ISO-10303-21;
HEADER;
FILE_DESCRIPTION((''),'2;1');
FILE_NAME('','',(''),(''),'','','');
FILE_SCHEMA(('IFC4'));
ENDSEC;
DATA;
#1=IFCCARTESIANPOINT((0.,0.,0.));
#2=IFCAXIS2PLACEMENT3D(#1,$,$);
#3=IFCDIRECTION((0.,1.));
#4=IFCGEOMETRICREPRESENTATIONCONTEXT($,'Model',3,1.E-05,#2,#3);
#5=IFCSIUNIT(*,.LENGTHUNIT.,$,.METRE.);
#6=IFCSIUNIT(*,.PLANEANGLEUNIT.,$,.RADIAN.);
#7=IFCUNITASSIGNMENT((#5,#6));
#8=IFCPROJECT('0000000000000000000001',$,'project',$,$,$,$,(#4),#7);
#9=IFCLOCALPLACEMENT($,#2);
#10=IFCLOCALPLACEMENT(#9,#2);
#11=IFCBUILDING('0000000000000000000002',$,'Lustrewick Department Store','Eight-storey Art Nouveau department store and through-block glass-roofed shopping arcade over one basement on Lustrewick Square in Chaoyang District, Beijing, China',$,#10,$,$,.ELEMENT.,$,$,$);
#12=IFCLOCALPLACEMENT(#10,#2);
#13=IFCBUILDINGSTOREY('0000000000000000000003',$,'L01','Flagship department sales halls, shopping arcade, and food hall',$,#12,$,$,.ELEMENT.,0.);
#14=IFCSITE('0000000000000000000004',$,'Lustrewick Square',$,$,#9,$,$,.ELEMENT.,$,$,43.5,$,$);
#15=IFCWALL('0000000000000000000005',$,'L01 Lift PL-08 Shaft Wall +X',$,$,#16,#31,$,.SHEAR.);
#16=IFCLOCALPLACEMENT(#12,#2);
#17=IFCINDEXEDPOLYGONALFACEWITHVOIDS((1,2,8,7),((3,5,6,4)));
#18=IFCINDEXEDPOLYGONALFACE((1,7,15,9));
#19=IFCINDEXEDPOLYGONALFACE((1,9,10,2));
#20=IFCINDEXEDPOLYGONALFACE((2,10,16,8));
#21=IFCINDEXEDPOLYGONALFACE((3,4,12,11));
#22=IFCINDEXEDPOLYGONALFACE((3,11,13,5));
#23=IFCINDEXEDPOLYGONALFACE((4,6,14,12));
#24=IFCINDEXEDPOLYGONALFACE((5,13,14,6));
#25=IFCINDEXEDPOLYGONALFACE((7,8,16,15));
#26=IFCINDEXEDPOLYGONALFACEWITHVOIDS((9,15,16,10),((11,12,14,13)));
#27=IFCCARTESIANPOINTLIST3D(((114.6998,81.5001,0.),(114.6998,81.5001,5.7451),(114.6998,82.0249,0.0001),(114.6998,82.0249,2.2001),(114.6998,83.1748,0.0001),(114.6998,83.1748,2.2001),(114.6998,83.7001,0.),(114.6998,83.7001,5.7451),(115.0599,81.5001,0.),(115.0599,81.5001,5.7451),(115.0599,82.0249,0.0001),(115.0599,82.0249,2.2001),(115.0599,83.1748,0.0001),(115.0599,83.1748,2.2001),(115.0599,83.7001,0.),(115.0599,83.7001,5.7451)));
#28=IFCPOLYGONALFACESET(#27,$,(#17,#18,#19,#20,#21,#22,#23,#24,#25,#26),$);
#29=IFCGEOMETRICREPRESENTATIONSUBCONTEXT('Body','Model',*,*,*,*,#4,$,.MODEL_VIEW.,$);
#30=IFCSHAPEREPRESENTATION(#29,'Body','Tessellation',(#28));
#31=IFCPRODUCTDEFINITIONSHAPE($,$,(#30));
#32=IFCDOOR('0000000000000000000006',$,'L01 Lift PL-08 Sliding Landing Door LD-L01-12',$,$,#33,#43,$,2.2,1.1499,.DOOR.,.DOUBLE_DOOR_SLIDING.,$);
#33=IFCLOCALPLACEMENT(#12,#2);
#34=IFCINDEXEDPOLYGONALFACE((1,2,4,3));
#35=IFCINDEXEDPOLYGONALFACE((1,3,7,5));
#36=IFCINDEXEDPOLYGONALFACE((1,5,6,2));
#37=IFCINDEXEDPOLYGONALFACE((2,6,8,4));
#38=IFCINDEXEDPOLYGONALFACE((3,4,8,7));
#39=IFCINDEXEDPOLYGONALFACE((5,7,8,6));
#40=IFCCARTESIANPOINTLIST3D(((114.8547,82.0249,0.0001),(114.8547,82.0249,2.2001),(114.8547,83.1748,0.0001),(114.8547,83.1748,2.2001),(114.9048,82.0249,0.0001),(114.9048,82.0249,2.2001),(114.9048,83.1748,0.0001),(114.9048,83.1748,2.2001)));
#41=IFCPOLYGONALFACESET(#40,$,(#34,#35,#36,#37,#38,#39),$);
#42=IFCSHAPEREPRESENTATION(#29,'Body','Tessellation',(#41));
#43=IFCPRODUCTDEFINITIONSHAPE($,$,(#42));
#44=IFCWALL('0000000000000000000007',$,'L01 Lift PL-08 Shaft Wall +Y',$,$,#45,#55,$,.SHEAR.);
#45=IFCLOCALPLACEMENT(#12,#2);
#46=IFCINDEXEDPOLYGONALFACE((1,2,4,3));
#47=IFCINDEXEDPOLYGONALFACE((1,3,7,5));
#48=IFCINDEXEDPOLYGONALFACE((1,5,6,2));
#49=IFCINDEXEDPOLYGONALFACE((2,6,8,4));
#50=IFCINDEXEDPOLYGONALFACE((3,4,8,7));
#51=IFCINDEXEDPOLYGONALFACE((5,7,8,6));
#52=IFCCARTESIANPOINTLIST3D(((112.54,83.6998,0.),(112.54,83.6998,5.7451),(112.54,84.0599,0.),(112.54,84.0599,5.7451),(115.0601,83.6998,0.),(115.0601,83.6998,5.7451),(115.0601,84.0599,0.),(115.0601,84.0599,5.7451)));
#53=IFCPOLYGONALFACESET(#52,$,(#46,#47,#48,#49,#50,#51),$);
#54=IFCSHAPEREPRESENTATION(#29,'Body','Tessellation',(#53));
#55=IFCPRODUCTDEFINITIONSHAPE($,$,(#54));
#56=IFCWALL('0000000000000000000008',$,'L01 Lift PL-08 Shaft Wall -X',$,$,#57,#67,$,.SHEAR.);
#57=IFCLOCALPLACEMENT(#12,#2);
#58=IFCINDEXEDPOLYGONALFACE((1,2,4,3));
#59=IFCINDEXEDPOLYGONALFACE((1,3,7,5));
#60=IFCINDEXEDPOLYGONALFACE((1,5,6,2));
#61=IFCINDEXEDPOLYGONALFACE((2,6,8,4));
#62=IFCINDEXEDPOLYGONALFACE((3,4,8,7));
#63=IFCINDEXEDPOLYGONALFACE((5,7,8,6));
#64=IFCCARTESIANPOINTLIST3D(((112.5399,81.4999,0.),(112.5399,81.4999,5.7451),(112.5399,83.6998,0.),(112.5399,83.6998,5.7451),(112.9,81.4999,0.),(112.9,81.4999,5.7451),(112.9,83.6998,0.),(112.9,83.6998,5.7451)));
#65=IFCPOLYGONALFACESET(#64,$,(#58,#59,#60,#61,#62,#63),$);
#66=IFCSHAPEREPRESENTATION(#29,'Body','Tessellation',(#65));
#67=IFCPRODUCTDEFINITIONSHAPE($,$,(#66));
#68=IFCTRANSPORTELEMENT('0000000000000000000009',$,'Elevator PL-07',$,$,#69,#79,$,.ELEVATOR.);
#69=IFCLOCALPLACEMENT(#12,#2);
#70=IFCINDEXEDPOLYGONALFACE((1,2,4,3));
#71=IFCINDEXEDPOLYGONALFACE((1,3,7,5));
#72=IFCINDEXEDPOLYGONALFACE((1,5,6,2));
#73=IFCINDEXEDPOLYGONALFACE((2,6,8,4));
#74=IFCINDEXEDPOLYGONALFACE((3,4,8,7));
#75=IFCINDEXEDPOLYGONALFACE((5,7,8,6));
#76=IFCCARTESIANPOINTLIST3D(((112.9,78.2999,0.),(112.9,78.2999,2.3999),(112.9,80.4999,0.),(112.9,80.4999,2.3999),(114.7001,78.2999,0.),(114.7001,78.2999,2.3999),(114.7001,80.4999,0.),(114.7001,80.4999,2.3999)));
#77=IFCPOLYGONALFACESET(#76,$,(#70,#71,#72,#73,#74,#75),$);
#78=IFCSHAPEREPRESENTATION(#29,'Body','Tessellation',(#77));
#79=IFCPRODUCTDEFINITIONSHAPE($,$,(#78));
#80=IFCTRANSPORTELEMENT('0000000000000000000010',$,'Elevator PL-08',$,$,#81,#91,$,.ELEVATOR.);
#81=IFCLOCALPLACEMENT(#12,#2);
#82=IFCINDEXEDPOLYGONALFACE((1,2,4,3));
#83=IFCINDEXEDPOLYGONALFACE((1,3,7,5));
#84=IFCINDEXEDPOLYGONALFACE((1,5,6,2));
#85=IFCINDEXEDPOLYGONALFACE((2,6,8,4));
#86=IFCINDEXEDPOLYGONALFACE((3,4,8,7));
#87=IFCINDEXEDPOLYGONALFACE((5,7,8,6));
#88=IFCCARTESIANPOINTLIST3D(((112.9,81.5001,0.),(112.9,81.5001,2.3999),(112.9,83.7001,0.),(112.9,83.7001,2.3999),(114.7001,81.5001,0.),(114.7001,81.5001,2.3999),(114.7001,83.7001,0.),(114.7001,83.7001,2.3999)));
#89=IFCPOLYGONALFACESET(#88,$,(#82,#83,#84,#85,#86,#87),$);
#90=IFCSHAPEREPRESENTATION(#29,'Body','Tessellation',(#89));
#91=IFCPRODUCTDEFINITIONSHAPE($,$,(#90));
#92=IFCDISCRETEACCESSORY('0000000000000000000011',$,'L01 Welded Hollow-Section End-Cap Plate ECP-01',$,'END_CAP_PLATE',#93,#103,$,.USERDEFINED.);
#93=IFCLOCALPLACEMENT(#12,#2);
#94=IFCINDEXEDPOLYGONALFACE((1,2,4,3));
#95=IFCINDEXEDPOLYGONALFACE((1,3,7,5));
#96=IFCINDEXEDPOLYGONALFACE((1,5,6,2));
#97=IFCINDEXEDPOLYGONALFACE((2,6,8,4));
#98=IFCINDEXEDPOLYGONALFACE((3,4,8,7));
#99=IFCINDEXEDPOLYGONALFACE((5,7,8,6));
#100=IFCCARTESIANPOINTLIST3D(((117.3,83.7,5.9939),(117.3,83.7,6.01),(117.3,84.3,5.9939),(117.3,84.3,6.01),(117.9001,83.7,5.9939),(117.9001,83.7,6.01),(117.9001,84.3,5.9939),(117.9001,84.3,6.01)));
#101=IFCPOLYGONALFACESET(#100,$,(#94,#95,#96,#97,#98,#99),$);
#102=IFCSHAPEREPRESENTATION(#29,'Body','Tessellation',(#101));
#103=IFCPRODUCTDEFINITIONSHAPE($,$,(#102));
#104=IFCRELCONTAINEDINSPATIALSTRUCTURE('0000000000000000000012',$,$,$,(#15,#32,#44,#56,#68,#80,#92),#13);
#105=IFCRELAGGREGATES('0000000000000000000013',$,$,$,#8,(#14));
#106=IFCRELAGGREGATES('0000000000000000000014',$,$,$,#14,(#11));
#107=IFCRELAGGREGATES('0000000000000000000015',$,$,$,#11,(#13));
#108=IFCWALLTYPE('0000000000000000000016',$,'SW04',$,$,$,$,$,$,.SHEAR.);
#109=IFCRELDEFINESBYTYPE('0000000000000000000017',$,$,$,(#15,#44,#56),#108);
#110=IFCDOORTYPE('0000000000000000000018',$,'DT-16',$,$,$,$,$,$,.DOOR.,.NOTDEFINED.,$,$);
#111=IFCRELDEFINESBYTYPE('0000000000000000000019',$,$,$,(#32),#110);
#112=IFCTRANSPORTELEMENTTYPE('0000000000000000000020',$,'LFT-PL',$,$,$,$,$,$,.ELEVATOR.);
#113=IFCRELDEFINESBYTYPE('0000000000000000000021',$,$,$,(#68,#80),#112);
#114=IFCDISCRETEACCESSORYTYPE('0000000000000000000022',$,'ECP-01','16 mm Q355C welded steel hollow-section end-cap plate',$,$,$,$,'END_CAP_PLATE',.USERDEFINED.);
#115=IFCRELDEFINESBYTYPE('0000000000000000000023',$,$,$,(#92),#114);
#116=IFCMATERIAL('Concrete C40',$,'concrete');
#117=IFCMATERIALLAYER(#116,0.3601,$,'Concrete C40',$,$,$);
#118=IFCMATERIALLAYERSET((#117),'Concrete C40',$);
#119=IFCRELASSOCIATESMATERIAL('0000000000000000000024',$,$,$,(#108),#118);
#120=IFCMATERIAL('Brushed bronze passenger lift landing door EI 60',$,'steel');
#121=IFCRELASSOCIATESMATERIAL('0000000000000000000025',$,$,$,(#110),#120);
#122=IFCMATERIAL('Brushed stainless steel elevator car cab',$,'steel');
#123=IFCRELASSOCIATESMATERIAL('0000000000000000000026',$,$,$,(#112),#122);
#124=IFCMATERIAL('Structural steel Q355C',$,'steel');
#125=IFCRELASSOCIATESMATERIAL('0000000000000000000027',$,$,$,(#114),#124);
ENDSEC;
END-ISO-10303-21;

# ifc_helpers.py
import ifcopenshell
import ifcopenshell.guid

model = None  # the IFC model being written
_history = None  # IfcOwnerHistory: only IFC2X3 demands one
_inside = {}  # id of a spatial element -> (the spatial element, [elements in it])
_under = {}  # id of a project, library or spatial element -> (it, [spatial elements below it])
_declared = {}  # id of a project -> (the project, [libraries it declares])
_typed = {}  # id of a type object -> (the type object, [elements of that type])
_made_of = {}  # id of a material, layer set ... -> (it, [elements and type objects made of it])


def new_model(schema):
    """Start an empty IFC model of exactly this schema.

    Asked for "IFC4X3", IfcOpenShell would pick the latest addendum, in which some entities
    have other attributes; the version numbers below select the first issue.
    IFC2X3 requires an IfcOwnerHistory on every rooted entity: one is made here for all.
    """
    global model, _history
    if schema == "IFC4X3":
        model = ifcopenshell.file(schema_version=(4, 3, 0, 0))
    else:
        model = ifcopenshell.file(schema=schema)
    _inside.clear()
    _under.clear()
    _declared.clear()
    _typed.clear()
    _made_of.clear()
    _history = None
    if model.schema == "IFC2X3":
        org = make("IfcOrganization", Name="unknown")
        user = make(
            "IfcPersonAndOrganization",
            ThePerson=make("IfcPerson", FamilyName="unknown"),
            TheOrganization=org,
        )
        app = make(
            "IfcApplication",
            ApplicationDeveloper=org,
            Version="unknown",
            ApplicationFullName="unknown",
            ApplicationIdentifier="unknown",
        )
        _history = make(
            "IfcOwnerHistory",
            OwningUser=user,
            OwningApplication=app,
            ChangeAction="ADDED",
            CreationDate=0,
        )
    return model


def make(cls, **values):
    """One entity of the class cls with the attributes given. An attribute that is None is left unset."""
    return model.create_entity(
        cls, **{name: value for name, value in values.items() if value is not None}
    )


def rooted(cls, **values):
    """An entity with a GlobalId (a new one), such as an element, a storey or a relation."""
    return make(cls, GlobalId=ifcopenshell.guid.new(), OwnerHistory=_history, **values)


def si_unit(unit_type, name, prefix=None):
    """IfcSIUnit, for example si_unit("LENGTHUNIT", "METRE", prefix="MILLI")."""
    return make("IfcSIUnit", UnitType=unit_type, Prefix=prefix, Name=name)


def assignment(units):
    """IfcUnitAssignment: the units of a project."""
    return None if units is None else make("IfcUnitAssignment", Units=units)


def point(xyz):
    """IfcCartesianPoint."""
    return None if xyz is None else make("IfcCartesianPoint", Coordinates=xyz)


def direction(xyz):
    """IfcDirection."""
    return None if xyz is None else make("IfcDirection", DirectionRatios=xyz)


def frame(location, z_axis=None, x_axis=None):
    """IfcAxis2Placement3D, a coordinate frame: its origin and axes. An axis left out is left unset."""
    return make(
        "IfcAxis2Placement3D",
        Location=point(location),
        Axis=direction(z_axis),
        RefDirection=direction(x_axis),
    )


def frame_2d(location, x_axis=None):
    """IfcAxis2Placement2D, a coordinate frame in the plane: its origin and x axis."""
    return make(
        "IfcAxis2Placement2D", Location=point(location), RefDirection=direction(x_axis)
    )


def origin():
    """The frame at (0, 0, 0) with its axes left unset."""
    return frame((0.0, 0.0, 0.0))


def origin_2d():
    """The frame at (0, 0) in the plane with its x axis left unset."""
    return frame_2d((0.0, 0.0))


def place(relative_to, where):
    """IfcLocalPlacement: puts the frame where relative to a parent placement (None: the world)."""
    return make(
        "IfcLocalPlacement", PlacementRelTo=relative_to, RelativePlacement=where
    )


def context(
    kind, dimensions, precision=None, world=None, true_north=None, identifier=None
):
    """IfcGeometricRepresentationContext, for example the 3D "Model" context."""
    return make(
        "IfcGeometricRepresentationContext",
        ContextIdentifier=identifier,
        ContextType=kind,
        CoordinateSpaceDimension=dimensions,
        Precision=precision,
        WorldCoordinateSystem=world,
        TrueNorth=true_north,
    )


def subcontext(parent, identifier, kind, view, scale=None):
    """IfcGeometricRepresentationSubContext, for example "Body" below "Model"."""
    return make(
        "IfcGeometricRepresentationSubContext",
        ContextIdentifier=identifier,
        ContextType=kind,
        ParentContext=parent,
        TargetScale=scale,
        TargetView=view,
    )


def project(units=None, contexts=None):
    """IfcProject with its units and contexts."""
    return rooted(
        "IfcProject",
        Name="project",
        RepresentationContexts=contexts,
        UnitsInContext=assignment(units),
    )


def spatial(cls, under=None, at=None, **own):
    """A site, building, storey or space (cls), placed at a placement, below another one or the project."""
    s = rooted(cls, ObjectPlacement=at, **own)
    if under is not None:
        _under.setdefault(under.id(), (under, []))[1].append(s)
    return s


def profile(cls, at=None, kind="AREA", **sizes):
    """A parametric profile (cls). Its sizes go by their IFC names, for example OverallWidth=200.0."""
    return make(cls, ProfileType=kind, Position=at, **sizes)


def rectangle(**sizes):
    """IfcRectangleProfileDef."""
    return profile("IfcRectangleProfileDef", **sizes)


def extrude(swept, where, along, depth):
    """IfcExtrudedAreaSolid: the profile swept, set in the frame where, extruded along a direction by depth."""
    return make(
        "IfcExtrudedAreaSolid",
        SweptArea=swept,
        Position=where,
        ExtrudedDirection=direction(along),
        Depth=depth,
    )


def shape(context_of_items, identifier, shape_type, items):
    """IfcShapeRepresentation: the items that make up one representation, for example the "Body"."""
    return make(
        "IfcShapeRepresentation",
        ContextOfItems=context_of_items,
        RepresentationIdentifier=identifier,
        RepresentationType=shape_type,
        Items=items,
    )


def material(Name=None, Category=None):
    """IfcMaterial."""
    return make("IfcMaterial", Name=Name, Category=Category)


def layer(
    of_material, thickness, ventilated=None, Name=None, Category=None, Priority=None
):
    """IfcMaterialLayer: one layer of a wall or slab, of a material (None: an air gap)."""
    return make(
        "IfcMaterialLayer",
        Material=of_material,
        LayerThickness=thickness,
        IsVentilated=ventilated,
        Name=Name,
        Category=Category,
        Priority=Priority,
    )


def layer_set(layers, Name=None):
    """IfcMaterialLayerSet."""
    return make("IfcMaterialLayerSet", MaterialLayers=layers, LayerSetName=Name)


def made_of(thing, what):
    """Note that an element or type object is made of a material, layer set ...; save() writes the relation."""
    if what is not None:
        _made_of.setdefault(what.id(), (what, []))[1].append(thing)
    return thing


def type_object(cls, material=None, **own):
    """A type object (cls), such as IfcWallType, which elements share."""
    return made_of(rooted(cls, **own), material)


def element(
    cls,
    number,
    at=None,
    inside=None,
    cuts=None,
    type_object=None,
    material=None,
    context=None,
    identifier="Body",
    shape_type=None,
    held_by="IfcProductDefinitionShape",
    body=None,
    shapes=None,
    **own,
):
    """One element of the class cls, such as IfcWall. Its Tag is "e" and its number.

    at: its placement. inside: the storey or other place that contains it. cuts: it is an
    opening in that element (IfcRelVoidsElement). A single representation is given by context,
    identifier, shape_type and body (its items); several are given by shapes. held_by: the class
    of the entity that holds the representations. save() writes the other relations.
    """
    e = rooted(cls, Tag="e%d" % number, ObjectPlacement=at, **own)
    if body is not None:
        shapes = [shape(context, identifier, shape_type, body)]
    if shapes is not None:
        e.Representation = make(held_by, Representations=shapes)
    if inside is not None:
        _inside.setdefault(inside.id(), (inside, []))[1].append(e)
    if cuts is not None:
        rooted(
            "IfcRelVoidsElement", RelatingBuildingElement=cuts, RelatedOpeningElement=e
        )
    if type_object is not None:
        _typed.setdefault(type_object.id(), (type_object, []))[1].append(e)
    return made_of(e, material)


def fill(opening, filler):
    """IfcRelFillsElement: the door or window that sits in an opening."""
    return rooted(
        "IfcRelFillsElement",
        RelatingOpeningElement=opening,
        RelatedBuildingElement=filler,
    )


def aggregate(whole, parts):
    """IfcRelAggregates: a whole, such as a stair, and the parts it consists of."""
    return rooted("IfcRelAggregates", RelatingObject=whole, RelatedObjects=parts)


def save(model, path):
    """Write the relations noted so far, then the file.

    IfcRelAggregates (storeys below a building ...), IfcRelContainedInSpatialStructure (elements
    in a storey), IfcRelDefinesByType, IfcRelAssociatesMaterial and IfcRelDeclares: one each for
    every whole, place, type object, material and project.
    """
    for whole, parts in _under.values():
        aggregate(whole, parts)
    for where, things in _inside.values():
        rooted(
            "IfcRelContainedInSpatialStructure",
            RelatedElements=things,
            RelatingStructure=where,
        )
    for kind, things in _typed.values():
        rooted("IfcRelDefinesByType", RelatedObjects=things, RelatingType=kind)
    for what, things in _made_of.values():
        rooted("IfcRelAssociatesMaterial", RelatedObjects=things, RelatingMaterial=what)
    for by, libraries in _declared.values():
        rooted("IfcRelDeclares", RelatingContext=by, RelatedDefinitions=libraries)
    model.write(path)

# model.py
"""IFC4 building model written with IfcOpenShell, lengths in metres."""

from ifc_helpers import new_model, si_unit, direction, frame, frame_2d, origin, origin_2d, place, context, subcontext, project, spatial, rectangle, extrude, material, layer, layer_set, type_object, element, fill, save


model = new_model("IFC4")

# Units and contexts
model_context = context("Model", 3, precision=1e-05, world=origin(), true_north=direction((0.0, 1.0)))
body_context = subcontext(model_context, "Body", "Model", "MODEL_VIEW")
ifc_project = project(units=[si_unit("LENGTHUNIT", "METRE"), si_unit("PLANEANGLEUNIT", "RADIAN")], contexts=[model_context])

# Site, building, storey
site_placement = place(None, origin())
site = spatial("IfcSite", under=ifc_project, at=site_placement, Name="Lustrewick Square", CompositionType="ELEMENT", RefElevation=43.5)
building_placement = place(site_placement, origin())
building = spatial("IfcBuilding", under=site, at=building_placement, Name="Lustrewick Department Store", Description="Eight-storey Art Nouveau department store and through-block glass-roofed shopping arcade over one basement on Lustrewick Square in Chaoyang District, Beijing, China", CompositionType="ELEMENT")
storey_placement = place(building_placement, origin())
storey = spatial("IfcBuildingStorey", under=building, at=storey_placement, Name="L01", Description="Flagship department sales halls, shopping arcade, and food hall", CompositionType="ELEMENT", Elevation=0.0)

# Shared definitions
ifc_material_1 = material(Name="Structural steel Q355C", Category="steel")

# Shared definitions
ifc_material_2 = material(Name="Concrete C40", Category="concrete")
ifc_layer_1 = layer(ifc_material_2, 0.3601, Name="Concrete C40")
ifc_layer_set_1 = layer_set([ifc_layer_1], Name="Concrete C40")
wall_type_1 = type_object("IfcWallType", Name="SW04", PredefinedType="SHEAR", material=ifc_layer_set_1)

# Shared definitions
ifc_material_3 = material(Name="Brushed bronze passenger lift landing door EI 60", Category="steel")
door_type_1 = type_object("IfcDoorType", Name="DT-16", OperationType="NOTDEFINED", PredefinedType="DOOR", material=ifc_material_3)

# Wall, opening, door
wall_1_placement = place(storey_placement, frame((114.8799, 81.5, 0.0), z_axis=(0.0, 0.0, 1.0), x_axis=(0.0, 1.0, 0.0)))
wall_1 = element("IfcWall", 1, at=wall_1_placement, inside=storey, type_object=wall_type_1, Name="L01 Lift PL-08 Shaft Wall +X", PredefinedType="SHEAR", context=body_context, shape_type="SweptSolid", body=[
    extrude(rectangle(XDim=2.2, YDim=0.3601, at=frame_2d((1.1001, 0.0))), origin(), (0.0, 0.0, 1.0), 5.7451),
])
opening_1_placement = place(wall_1_placement, frame((0.5249, 0.0, 0.0)))
opening_1 = element("IfcOpeningElement", 2, at=opening_1_placement, cuts=wall_1, PredefinedType="OPENING", context=body_context, shape_type="SweptSolid", body=[
    extrude(rectangle(XDim=1.1499, YDim=2.2, at=frame_2d((0.575, 1.1001))), frame((0.0, 0.1899, 0.0), z_axis=(0.0, -1.0, 0.0), x_axis=(1.0, 0.0, 0.0)), (0.0, 0.0, 1.0), 0.3801),
])
door_1_placement = place(opening_1_placement, frame((1.1499, 0.0, 0.0), z_axis=(0.0, 0.0, 1.0), x_axis=(-1.0, 0.0, 0.0)))
door_1 = element("IfcDoor", 3, at=door_1_placement, inside=storey, type_object=door_type_1, Name="L01 Lift PL-08 Sliding Landing Door LD-L01-12", OperationType="DOUBLE_DOOR_SLIDING", OverallHeight=2.2, OverallWidth=1.1499, PredefinedType="DOOR", context=body_context, shape_type="SweptSolid", body=[
    extrude(rectangle(XDim=1.1499, YDim=2.2, at=frame_2d((0.575, 1.1001))), frame((0.0, 0.0249, 0.0), z_axis=(0.0, -1.0, 0.0), x_axis=(1.0, 0.0, 0.0)), (0.0, 0.0, 1.0), 0.05),
])
fill(opening_1, door_1)

# Walls
wall_2_placement = place(storey_placement, frame((115.0601, 83.8799, 0.0), z_axis=(0.0, 0.0, 1.0), x_axis=(-1.0, 0.0, 0.0)))
element("IfcWall", 4, at=wall_2_placement, inside=storey, type_object=wall_type_1, Name="L01 Lift PL-08 Shaft Wall +Y", PredefinedType="SHEAR", context=body_context, shape_type="SweptSolid", body=[
    extrude(rectangle(XDim=2.52, YDim=0.3601, at=frame_2d((1.26, 0.0))), origin(), (0.0, 0.0, 1.0), 5.7451),
])
wall_3_placement = place(storey_placement, frame((112.72, 83.7, 0.0), z_axis=(0.0, 0.0, 1.0), x_axis=(0.0, -1.0, 0.0)))
element("IfcWall", 5, at=wall_3_placement, inside=storey, type_object=wall_type_1, Name="L01 Lift PL-08 Shaft Wall -X", PredefinedType="SHEAR", context=body_context, shape_type="SweptSolid", body=[
    extrude(rectangle(XDim=2.2, YDim=0.3601, at=frame_2d((1.1001, 0.0))), origin(), (0.0, 0.0, 1.0), 5.7451),
])

# Transport elements
ifc_material_4 = material(Name="Brushed stainless steel elevator car cab", Category="steel")
transport_element_type = type_object("IfcTransportElementType", Name="LFT-PL", PredefinedType="ELEVATOR", material=ifc_material_4)
for number, where, z_axis, x_axis, name in (
    (6, (113.8, 79.3999, 0.0), (0.0, 0.0, 1.0), (1.0, 0.0, 0.0), "Elevator PL-07"),
    (7, (113.8, 82.6001, 0.0), (0.0, 0.0, 1.0), (1.0, 0.0, 0.0), "Elevator PL-08"),
):
    element("IfcTransportElement", number, at=place(storey_placement, frame(where, z_axis=z_axis, x_axis=x_axis)), inside=storey, type_object=transport_element_type, Name=name, PredefinedType="ELEVATOR", context=body_context, shape_type="SweptSolid", body=[
        extrude(rectangle(XDim=1.8, YDim=2.2, at=origin_2d()), origin(), (0.0, 0.0, 1.0), 2.3999),
    ])

# Discrete accessory
discrete_accessory_type = type_object("IfcDiscreteAccessoryType", Name="ECP-01", Description="16 mm Q355C welded steel hollow-section end-cap plate", ElementType="END_CAP_PLATE", PredefinedType="USERDEFINED", material=ifc_material_1)
discrete_accessory_placement = place(storey_placement, frame((117.6001, 84.0, 5.9939), z_axis=(0.0, 0.0, 1.0), x_axis=(1.0, 0.0, 0.0)))
element("IfcDiscreteAccessory", 8, at=discrete_accessory_placement, inside=storey, type_object=discrete_accessory_type, Name="L01 Welded Hollow-Section End-Cap Plate ECP-01", ObjectType="END_CAP_PLATE", PredefinedType="USERDEFINED", context=body_context, shape_type="SweptSolid", body=[
    extrude(rectangle(XDim=0.6001, YDim=0.6001, at=origin_2d()), origin(), (0.0, 0.0, 1.0), 0.0161),
])

save(model, "model.ifc")
